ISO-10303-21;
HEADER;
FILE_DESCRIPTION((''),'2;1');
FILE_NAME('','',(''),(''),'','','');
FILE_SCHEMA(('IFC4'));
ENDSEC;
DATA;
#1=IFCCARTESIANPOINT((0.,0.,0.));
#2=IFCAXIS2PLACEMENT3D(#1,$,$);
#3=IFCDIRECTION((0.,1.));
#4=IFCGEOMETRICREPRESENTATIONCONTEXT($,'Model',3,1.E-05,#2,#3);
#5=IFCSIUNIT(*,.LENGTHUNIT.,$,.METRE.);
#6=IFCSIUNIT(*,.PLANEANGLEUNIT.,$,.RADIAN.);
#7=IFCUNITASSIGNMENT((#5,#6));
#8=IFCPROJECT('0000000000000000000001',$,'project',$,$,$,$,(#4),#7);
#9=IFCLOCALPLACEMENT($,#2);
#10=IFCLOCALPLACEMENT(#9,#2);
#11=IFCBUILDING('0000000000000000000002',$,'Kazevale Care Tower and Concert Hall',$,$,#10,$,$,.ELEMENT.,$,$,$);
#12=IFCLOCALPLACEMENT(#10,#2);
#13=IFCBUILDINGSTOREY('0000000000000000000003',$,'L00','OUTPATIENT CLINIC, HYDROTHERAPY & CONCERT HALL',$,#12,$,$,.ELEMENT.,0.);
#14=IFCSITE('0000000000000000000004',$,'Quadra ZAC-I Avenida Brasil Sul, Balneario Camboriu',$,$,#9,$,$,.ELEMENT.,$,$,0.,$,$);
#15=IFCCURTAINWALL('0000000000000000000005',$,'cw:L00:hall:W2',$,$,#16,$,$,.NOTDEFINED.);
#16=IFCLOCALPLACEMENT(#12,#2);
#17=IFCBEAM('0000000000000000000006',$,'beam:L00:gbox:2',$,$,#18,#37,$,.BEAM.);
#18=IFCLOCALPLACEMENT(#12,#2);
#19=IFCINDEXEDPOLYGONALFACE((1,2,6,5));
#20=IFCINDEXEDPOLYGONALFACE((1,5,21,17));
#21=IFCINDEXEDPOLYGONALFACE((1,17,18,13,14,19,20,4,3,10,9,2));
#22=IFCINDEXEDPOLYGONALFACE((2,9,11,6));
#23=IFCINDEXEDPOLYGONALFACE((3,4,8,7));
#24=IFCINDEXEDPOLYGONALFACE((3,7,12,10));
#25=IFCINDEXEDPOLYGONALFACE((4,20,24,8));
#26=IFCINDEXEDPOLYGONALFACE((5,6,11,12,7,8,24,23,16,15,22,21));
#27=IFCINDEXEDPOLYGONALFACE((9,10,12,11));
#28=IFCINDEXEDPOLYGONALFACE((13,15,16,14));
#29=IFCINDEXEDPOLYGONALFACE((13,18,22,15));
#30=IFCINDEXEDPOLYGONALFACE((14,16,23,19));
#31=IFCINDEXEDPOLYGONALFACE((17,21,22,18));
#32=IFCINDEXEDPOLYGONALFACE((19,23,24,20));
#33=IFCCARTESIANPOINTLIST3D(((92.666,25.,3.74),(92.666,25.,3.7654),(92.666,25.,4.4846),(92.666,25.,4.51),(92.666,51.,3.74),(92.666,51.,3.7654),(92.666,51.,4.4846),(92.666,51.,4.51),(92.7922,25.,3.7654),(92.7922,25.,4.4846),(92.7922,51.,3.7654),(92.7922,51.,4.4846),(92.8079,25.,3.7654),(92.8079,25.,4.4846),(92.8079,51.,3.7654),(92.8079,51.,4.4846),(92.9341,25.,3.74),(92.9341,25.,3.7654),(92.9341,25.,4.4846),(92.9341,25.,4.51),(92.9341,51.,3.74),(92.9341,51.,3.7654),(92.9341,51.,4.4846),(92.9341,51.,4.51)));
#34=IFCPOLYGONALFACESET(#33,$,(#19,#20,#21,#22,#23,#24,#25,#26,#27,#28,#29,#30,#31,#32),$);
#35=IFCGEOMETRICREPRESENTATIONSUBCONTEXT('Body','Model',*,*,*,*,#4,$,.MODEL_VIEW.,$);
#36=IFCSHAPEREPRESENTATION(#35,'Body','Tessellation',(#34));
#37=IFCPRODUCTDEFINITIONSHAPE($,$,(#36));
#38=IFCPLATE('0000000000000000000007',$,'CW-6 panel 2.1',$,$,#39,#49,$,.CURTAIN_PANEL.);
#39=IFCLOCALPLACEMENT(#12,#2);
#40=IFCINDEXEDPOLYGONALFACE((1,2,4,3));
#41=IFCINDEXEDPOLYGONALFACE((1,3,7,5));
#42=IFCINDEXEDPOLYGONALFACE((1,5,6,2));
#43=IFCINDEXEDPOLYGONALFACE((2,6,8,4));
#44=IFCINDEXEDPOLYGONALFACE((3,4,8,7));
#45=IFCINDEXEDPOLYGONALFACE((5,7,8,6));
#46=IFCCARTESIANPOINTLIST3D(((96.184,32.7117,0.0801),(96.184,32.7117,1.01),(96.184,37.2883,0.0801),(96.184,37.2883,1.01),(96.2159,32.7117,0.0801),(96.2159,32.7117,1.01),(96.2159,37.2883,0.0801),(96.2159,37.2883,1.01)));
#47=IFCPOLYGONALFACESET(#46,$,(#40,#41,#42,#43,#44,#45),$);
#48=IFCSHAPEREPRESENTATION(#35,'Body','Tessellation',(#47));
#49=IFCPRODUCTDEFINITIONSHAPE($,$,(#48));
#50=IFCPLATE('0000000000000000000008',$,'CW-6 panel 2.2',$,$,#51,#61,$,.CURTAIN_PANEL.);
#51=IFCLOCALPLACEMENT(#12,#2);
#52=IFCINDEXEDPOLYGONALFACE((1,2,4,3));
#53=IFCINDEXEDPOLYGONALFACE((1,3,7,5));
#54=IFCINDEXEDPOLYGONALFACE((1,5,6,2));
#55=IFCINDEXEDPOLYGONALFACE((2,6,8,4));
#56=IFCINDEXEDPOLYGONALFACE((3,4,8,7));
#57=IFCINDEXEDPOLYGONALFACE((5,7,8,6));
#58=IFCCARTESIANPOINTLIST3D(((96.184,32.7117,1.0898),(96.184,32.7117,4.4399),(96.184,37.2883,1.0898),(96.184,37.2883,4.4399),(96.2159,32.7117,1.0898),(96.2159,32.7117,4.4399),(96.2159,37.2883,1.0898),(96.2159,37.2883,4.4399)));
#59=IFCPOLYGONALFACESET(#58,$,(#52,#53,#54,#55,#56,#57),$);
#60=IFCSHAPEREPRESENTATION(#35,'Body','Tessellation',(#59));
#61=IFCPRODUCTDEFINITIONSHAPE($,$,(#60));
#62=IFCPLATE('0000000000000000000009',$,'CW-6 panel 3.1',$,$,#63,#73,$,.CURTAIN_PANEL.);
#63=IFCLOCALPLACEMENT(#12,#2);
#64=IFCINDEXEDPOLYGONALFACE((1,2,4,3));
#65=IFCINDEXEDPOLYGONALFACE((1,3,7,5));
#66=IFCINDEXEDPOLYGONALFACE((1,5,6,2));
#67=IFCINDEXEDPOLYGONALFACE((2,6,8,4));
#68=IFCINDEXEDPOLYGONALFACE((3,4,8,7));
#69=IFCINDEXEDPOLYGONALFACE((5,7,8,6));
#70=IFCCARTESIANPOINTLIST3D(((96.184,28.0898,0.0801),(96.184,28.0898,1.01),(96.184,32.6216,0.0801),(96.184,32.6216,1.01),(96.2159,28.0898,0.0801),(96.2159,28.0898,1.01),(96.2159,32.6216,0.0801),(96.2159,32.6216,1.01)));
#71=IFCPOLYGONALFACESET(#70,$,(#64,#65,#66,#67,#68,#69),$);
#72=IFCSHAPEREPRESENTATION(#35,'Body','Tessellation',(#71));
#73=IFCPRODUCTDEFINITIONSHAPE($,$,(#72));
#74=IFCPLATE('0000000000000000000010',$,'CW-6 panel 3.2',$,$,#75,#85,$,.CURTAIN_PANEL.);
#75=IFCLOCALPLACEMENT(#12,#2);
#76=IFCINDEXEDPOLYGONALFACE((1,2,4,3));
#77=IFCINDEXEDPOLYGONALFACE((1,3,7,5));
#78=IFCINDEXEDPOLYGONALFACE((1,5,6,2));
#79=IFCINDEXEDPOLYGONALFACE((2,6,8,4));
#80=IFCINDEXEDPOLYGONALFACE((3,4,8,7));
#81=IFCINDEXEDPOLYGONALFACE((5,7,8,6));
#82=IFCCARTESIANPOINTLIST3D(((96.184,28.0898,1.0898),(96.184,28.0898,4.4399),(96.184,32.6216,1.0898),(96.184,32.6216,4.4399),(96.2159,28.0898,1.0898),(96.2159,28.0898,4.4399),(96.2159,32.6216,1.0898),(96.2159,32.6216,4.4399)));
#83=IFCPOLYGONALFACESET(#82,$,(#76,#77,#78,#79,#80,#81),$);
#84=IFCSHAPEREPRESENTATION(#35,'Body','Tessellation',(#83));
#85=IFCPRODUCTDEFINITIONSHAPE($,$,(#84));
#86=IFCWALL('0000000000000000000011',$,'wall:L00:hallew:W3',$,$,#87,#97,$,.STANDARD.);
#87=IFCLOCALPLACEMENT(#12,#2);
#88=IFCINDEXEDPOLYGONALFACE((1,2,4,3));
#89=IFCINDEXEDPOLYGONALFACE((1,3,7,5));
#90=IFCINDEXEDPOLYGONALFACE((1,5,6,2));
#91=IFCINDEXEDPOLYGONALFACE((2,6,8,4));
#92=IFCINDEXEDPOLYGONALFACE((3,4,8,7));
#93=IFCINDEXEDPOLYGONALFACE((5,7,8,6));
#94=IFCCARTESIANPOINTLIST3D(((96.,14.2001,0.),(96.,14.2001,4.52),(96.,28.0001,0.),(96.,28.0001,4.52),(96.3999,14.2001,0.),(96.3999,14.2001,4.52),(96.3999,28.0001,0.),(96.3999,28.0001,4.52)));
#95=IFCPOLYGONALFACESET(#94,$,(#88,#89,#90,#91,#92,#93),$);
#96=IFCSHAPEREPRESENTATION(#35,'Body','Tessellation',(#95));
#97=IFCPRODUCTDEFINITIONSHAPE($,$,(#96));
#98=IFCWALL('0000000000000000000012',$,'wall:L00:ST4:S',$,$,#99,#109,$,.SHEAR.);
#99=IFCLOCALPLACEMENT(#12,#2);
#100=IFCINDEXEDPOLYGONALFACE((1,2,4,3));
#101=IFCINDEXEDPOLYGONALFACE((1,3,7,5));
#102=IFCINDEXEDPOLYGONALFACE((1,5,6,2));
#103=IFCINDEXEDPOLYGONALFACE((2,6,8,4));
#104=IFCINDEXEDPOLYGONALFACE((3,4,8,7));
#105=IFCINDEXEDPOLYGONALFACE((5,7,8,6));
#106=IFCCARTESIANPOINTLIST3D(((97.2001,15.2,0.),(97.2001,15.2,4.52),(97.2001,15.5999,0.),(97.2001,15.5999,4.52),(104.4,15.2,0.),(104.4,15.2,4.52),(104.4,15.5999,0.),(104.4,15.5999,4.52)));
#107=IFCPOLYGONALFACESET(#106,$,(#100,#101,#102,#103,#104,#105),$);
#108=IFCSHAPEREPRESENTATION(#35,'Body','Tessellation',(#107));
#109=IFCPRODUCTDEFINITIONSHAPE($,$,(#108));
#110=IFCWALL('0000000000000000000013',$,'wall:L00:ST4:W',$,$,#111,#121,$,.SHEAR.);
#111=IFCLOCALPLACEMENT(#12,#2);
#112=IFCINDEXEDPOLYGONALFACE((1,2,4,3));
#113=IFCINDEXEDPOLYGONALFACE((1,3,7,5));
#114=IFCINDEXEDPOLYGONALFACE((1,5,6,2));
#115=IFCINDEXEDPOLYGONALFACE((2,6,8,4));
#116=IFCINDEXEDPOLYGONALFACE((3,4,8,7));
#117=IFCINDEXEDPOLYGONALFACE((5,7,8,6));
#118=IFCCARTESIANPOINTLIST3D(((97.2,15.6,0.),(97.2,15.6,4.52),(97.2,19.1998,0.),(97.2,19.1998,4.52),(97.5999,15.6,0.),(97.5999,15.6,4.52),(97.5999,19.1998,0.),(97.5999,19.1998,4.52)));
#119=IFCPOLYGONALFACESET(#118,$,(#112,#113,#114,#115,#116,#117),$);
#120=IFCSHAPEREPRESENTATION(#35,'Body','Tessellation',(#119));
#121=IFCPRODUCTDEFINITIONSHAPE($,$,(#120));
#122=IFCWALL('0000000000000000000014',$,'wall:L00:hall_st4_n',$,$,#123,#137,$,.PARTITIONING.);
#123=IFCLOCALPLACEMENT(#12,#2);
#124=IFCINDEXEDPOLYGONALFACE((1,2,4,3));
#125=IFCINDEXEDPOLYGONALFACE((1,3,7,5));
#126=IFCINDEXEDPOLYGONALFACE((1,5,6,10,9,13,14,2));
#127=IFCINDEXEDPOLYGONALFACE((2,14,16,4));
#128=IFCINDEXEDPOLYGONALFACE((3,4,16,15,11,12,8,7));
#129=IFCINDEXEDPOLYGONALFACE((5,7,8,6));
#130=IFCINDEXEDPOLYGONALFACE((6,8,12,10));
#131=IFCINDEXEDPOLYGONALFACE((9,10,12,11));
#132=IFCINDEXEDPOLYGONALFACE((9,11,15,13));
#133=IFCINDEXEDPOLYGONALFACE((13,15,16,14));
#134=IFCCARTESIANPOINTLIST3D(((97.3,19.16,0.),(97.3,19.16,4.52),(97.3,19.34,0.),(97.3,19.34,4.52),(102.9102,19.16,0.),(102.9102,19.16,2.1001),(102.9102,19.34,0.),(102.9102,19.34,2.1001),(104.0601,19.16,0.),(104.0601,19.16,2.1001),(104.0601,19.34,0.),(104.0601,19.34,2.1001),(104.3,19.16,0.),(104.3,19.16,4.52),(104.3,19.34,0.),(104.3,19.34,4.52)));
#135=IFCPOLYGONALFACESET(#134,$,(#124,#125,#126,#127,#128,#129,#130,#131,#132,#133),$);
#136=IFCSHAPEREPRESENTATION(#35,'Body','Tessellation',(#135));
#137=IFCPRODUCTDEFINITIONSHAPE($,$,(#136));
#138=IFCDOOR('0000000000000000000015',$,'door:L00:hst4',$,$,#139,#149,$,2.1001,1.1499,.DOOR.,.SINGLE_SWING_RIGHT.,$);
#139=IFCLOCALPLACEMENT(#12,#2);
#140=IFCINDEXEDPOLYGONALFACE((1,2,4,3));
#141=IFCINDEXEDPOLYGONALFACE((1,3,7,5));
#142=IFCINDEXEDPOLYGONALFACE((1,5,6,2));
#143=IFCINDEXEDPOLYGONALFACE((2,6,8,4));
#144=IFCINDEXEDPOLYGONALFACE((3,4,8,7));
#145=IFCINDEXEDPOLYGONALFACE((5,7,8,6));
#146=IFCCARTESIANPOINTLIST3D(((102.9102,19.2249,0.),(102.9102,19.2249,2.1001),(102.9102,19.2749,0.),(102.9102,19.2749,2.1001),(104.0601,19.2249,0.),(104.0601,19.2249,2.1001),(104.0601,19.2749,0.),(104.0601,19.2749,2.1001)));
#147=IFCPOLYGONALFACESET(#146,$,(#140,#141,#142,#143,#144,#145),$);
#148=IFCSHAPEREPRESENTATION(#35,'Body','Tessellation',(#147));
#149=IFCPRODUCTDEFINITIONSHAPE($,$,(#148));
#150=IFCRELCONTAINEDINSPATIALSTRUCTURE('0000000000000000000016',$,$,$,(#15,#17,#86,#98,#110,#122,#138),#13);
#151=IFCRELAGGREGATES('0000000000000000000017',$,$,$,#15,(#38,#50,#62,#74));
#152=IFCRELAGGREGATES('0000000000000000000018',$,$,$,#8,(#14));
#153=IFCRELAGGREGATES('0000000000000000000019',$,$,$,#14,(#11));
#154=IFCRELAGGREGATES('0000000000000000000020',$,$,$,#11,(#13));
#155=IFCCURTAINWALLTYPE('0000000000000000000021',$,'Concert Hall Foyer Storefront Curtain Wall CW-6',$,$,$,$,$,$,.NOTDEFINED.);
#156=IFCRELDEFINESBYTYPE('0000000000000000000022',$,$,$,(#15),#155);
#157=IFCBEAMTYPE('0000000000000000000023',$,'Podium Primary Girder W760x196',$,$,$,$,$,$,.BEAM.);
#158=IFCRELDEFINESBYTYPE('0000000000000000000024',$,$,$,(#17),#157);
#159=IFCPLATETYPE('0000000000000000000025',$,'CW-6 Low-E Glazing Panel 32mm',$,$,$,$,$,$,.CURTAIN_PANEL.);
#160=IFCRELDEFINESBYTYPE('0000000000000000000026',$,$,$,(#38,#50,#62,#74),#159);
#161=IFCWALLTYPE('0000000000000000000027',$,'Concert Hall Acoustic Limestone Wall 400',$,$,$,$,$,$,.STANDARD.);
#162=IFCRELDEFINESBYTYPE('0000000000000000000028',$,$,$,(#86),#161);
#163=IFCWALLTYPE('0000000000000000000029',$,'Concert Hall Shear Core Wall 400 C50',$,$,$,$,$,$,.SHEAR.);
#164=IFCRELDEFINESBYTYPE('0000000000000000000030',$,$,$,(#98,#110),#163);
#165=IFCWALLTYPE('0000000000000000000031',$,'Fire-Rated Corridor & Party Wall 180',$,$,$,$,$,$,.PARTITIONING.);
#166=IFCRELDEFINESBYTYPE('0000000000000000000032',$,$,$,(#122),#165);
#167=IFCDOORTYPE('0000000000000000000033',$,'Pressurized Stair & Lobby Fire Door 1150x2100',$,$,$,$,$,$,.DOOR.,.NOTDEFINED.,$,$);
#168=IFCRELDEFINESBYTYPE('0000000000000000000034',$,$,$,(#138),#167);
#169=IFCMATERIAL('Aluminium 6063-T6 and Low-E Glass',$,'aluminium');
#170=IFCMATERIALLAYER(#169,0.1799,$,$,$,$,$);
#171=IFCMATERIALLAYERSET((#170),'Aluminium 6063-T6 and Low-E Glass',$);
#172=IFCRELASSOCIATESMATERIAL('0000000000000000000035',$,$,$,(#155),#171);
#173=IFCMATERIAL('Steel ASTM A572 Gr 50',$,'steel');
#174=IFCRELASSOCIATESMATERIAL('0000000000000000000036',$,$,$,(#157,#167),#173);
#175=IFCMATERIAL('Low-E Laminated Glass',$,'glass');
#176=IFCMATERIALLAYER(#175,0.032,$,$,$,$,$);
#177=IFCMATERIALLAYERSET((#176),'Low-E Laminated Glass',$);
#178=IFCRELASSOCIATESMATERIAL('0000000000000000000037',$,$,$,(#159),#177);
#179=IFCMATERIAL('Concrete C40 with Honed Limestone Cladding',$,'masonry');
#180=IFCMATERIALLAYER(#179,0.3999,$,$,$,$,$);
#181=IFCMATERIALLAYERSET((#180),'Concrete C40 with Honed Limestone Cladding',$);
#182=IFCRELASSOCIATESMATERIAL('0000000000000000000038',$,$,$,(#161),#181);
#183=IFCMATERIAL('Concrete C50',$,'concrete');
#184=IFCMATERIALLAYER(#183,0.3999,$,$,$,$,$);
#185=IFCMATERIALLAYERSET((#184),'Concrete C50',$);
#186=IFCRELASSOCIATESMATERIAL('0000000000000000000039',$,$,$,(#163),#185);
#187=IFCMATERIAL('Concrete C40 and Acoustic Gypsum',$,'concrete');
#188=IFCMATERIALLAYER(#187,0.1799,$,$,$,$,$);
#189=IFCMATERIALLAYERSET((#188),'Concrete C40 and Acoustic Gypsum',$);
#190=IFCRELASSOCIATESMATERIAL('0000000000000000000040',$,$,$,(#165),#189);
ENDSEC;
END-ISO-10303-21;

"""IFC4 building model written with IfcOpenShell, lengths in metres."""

from ifc_helpers import new_model, si_unit, direction, frame, frame_2d, origin, origin_2d, place, context, subcontext, project, spatial, rectangle, i_section, extrude, material, layer, layer_set, material_profile, profile_set, type_object, element, fill, aggregate, save


model = new_model("IFC4")

# Units and contexts
model_context = context("Model", 3, precision=1e-05, world=origin(), true_north=direction((0.0, 1.0)))
body_context = subcontext(model_context, "Body", "Model", "MODEL_VIEW")
ifc_project = project(units=[si_unit("LENGTHUNIT", "METRE"), si_unit("PLANEANGLEUNIT", "RADIAN")], contexts=[model_context])

# Site, building, storey
site_placement = place(None, origin())
site = spatial("IfcSite", under=ifc_project, at=site_placement, Name="Quadra ZAC-I Avenida Brasil Sul, Balneario Camboriu", CompositionType="ELEMENT", RefElevation=0.0)
building_placement = place(site_placement, origin())
building = spatial("IfcBuilding", under=site, at=building_placement, Name="Kazevale Care Tower and Concert Hall", CompositionType="ELEMENT")
storey_placement = place(building_placement, origin())
storey = spatial("IfcBuildingStorey", under=building, at=storey_placement, Name="L00", Description="OUTPATIENT CLINIC, HYDROTHERAPY & CONCERT HALL", CompositionType="ELEMENT", Elevation=0.0)

# Shared definitions
ifc_material_1 = material(Name="Concrete C50", Category="concrete")

# Curtain wall
ifc_material_2 = material(Name="Aluminium 6063-T6 and Low-E Glass", Category="aluminium")
ifc_layer_1 = layer(ifc_material_2, 0.1799)
ifc_layer_set_1 = layer_set([ifc_layer_1], Name="Aluminium 6063-T6 and Low-E Glass")
curtain_wall_type = type_object("IfcCurtainWallType", Name="Concert Hall Foyer Storefront Curtain Wall CW-6", PredefinedType="NOTDEFINED", material=ifc_layer_set_1)
curtain_wall_placement = place(storey_placement, origin())
curtain_wall = element("IfcCurtainWall", 1, at=curtain_wall_placement, inside=storey, type_object=curtain_wall_type, Name="cw:L00:hall:W2", PredefinedType="NOTDEFINED")

# Beam
ifc_material_3 = material(Name="Steel ASTM A572 Gr 50", Category="steel")
ifc_material_profile_1 = material_profile(ifc_material_3, i_section(OverallWidth=0.2681, OverallDepth=0.77, WebThickness=0.0156, FlangeThickness=0.0254, at=origin_2d()), Name="W760x196")
ifc_profile_set_1 = profile_set([ifc_material_profile_1], Name="Steel ASTM A572 Gr 50")
beam_type_1 = type_object("IfcBeamType", Name="Podium Primary Girder W760x196", PredefinedType="BEAM", material=ifc_profile_set_1)
beam_1_placement = place(storey_placement, frame((92.8, 25.0, 4.125), z_axis=(0.0, 1.0, 0.0), x_axis=(-1.0, 0.0, 0.0)))
element("IfcBeam", 2, at=beam_1_placement, inside=storey, type_object=beam_type_1, Name="beam:L00:gbox:2", PredefinedType="BEAM", context=body_context, shape_type="SweptSolid", body=[
    extrude(i_section(OverallWidth=0.2681, OverallDepth=0.77, WebThickness=0.0156, FlangeThickness=0.0254, at=origin_2d()), origin(), (0.0, 0.0, 1.0), 26.0),
])

# Plates
ifc_material_4 = material(Name="Low-E Laminated Glass", Category="glass")
ifc_layer_2 = layer(ifc_material_4, 0.032)
ifc_layer_set_2 = layer_set([ifc_layer_2], Name="Low-E Laminated Glass")
plate_type = type_object("IfcPlateType", Name="CW-6 Low-E Glazing Panel 32mm", PredefinedType="CURTAIN_PANEL", material=ifc_layer_set_2)
plate_1_placement = place(storey_placement, frame((96.2, 35.0, 0.0801), z_axis=(0.0, 0.0, 1.0), x_axis=(0.0, -1.0, 0.0)))
plate_1 = element("IfcPlate", 3, at=plate_1_placement, type_object=plate_type, Name="CW-6 panel 2.1", PredefinedType="CURTAIN_PANEL", context=body_context, shape_type="SweptSolid", body=[
    extrude(rectangle(XDim=4.5767, YDim=0.032, at=origin_2d()), origin(), (0.0, 0.0, 1.0), 0.9299),
])
plate_2_placement = place(storey_placement, frame((96.2, 35.0, 1.0898), z_axis=(0.0, 0.0, 1.0), x_axis=(0.0, -1.0, 0.0)))
plate_2 = element("IfcPlate", 4, at=plate_2_placement, type_object=plate_type, Name="CW-6 panel 2.2", PredefinedType="CURTAIN_PANEL", context=body_context, shape_type="SweptSolid", body=[
    extrude(rectangle(XDim=4.5767, YDim=0.032, at=origin_2d()), origin(), (0.0, 0.0, 1.0), 3.3501),
])
plate_3_placement = place(storey_placement, frame((96.2, 30.3557, 0.0801), z_axis=(0.0, 0.0, 1.0), x_axis=(0.0, -1.0, 0.0)))
plate_3 = element("IfcPlate", 5, at=plate_3_placement, type_object=plate_type, Name="CW-6 panel 3.1", PredefinedType="CURTAIN_PANEL", context=body_context, shape_type="SweptSolid", body=[
    extrude(rectangle(XDim=4.5317, YDim=0.032, at=origin_2d()), origin(), (0.0, 0.0, 1.0), 0.9299),
])
plate_4_placement = place(storey_placement, frame((96.2, 30.3557, 1.0898), z_axis=(0.0, 0.0, 1.0), x_axis=(0.0, -1.0, 0.0)))
plate_4 = element("IfcPlate", 6, at=plate_4_placement, type_object=plate_type, Name="CW-6 panel 3.2", PredefinedType="CURTAIN_PANEL", context=body_context, shape_type="SweptSolid", body=[
    extrude(rectangle(XDim=4.5317, YDim=0.032, at=origin_2d()), origin(), (0.0, 0.0, 1.0), 3.3501),
])
aggregate(curtain_wall, [plate_1, plate_2, plate_3, plate_4])

# Walls
ifc_material_5 = material(Name="Concrete C40 with Honed Limestone Cladding", Category="masonry")
ifc_layer_3 = layer(ifc_material_5, 0.3999)
ifc_layer_set_3 = layer_set([ifc_layer_3], Name="Concrete C40 with Honed Limestone Cladding")
wall_type_1 = type_object("IfcWallType", Name="Concert Hall Acoustic Limestone Wall 400", PredefinedType="STANDARD", material=ifc_layer_set_3)
wall_1_placement = place(storey_placement, frame((96.2, 28.0, 0.0), z_axis=(0.0, 0.0, 1.0), x_axis=(0.0, -1.0, 0.0)))
element("IfcWall", 7, at=wall_1_placement, inside=storey, type_object=wall_type_1, Name="wall:L00:hallew:W3", PredefinedType="STANDARD", context=body_context, shape_type="SweptSolid", body=[
    extrude(rectangle(XDim=13.8, YDim=0.3999, at=frame_2d((6.8999, 0.0))), origin(), (0.0, 0.0, 1.0), 4.52),
])
ifc_layer_4 = layer(ifc_material_1, 0.3999)
ifc_layer_set_4 = layer_set([ifc_layer_4], Name="Concrete C50")
wall_type_2 = type_object("IfcWallType", Name="Concert Hall Shear Core Wall 400 C50", PredefinedType="SHEAR", material=ifc_layer_set_4)
wall_2_placement = place(storey_placement, frame((97.2, 15.3999, 0.0), z_axis=(0.0, 0.0, 1.0), x_axis=(1.0, 0.0, 0.0)))
element("IfcWall", 8, at=wall_2_placement, inside=storey, type_object=wall_type_2, Name="wall:L00:ST4:S", PredefinedType="SHEAR", context=body_context, shape_type="SweptSolid", body=[
    extrude(rectangle(XDim=7.2, YDim=0.3999, at=frame_2d((3.6001, 0.0))), origin(), (0.0, 0.0, 1.0), 4.52),
])
wall_3_placement = place(storey_placement, frame((97.3999, 15.6001, 0.0), z_axis=(0.0, 0.0, 1.0), x_axis=(0.0, 1.0, 0.0)))
element("IfcWall", 9, at=wall_3_placement, inside=storey, type_object=wall_type_2, Name="wall:L00:ST4:W", PredefinedType="SHEAR", context=body_context, shape_type="SweptSolid", body=[
    extrude(rectangle(XDim=3.5999, YDim=0.3999, at=frame_2d((1.7998, 0.0))), origin(), (0.0, 0.0, 1.0), 4.52),
])

# Wall, opening, door
ifc_material_6 = material(Name="Concrete C40 and Acoustic Gypsum", Category="concrete")
ifc_layer_5 = layer(ifc_material_6, 0.1799)
ifc_layer_set_5 = layer_set([ifc_layer_5], Name="Concrete C40 and Acoustic Gypsum")
wall_type_3 = type_object("IfcWallType", Name="Fire-Rated Corridor & Party Wall 180", PredefinedType="PARTITIONING", material=ifc_layer_set_5)
wall_4_placement = place(storey_placement, frame((97.3, 19.25, 0.0), z_axis=(0.0, 0.0, 1.0), x_axis=(1.0, 0.0, 0.0)))
wall_4 = element("IfcWall", 10, at=wall_4_placement, inside=storey, type_object=wall_type_3, Name="wall:L00:hall_st4_n", PredefinedType="PARTITIONING", context=body_context, shape_type="SweptSolid", body=[
    extrude(rectangle(XDim=7.0, YDim=0.1799, at=frame_2d((3.5, 0.0))), origin(), (0.0, 0.0, 1.0), 4.52),
])
opening_1_placement = place(wall_4_placement, frame((5.6101, 0.0, 0.0)))
opening_1 = element("IfcOpeningElement", 11, at=opening_1_placement, cuts=wall_4, PredefinedType="OPENING", context=body_context, shape_type="SweptSolid", body=[
    extrude(rectangle(XDim=1.1499, YDim=2.1001, at=frame_2d((0.575, 1.05))), frame((0.0, 0.0999, 0.0), z_axis=(0.0, -1.0, 0.0), x_axis=(1.0, 0.0, 0.0)), (0.0, 0.0, 1.0), 0.2),
])
door_type_1 = type_object("IfcDoorType", Name="Pressurized Stair & Lobby Fire Door 1150x2100", OperationType="NOTDEFINED", PredefinedType="DOOR", material=ifc_material_3)
door_1_placement = place(opening_1_placement, origin())
door_1 = element("IfcDoor", 12, at=door_1_placement, inside=storey, type_object=door_type_1, Name="door:L00:hst4", OperationType="SINGLE_SWING_RIGHT", OverallHeight=2.1001, OverallWidth=1.1499, PredefinedType="DOOR", context=body_context, shape_type="SweptSolid", body=[
    extrude(rectangle(XDim=1.1499, YDim=2.1001, at=frame_2d((0.575, 1.05))), frame((0.0, 0.0249, 0.0), z_axis=(0.0, -1.0, 0.0), x_axis=(1.0, 0.0, 0.0)), (0.0, 0.0, 1.0), 0.05),
])
fill(opening_1, door_1)

save(model, "model.ifc")
